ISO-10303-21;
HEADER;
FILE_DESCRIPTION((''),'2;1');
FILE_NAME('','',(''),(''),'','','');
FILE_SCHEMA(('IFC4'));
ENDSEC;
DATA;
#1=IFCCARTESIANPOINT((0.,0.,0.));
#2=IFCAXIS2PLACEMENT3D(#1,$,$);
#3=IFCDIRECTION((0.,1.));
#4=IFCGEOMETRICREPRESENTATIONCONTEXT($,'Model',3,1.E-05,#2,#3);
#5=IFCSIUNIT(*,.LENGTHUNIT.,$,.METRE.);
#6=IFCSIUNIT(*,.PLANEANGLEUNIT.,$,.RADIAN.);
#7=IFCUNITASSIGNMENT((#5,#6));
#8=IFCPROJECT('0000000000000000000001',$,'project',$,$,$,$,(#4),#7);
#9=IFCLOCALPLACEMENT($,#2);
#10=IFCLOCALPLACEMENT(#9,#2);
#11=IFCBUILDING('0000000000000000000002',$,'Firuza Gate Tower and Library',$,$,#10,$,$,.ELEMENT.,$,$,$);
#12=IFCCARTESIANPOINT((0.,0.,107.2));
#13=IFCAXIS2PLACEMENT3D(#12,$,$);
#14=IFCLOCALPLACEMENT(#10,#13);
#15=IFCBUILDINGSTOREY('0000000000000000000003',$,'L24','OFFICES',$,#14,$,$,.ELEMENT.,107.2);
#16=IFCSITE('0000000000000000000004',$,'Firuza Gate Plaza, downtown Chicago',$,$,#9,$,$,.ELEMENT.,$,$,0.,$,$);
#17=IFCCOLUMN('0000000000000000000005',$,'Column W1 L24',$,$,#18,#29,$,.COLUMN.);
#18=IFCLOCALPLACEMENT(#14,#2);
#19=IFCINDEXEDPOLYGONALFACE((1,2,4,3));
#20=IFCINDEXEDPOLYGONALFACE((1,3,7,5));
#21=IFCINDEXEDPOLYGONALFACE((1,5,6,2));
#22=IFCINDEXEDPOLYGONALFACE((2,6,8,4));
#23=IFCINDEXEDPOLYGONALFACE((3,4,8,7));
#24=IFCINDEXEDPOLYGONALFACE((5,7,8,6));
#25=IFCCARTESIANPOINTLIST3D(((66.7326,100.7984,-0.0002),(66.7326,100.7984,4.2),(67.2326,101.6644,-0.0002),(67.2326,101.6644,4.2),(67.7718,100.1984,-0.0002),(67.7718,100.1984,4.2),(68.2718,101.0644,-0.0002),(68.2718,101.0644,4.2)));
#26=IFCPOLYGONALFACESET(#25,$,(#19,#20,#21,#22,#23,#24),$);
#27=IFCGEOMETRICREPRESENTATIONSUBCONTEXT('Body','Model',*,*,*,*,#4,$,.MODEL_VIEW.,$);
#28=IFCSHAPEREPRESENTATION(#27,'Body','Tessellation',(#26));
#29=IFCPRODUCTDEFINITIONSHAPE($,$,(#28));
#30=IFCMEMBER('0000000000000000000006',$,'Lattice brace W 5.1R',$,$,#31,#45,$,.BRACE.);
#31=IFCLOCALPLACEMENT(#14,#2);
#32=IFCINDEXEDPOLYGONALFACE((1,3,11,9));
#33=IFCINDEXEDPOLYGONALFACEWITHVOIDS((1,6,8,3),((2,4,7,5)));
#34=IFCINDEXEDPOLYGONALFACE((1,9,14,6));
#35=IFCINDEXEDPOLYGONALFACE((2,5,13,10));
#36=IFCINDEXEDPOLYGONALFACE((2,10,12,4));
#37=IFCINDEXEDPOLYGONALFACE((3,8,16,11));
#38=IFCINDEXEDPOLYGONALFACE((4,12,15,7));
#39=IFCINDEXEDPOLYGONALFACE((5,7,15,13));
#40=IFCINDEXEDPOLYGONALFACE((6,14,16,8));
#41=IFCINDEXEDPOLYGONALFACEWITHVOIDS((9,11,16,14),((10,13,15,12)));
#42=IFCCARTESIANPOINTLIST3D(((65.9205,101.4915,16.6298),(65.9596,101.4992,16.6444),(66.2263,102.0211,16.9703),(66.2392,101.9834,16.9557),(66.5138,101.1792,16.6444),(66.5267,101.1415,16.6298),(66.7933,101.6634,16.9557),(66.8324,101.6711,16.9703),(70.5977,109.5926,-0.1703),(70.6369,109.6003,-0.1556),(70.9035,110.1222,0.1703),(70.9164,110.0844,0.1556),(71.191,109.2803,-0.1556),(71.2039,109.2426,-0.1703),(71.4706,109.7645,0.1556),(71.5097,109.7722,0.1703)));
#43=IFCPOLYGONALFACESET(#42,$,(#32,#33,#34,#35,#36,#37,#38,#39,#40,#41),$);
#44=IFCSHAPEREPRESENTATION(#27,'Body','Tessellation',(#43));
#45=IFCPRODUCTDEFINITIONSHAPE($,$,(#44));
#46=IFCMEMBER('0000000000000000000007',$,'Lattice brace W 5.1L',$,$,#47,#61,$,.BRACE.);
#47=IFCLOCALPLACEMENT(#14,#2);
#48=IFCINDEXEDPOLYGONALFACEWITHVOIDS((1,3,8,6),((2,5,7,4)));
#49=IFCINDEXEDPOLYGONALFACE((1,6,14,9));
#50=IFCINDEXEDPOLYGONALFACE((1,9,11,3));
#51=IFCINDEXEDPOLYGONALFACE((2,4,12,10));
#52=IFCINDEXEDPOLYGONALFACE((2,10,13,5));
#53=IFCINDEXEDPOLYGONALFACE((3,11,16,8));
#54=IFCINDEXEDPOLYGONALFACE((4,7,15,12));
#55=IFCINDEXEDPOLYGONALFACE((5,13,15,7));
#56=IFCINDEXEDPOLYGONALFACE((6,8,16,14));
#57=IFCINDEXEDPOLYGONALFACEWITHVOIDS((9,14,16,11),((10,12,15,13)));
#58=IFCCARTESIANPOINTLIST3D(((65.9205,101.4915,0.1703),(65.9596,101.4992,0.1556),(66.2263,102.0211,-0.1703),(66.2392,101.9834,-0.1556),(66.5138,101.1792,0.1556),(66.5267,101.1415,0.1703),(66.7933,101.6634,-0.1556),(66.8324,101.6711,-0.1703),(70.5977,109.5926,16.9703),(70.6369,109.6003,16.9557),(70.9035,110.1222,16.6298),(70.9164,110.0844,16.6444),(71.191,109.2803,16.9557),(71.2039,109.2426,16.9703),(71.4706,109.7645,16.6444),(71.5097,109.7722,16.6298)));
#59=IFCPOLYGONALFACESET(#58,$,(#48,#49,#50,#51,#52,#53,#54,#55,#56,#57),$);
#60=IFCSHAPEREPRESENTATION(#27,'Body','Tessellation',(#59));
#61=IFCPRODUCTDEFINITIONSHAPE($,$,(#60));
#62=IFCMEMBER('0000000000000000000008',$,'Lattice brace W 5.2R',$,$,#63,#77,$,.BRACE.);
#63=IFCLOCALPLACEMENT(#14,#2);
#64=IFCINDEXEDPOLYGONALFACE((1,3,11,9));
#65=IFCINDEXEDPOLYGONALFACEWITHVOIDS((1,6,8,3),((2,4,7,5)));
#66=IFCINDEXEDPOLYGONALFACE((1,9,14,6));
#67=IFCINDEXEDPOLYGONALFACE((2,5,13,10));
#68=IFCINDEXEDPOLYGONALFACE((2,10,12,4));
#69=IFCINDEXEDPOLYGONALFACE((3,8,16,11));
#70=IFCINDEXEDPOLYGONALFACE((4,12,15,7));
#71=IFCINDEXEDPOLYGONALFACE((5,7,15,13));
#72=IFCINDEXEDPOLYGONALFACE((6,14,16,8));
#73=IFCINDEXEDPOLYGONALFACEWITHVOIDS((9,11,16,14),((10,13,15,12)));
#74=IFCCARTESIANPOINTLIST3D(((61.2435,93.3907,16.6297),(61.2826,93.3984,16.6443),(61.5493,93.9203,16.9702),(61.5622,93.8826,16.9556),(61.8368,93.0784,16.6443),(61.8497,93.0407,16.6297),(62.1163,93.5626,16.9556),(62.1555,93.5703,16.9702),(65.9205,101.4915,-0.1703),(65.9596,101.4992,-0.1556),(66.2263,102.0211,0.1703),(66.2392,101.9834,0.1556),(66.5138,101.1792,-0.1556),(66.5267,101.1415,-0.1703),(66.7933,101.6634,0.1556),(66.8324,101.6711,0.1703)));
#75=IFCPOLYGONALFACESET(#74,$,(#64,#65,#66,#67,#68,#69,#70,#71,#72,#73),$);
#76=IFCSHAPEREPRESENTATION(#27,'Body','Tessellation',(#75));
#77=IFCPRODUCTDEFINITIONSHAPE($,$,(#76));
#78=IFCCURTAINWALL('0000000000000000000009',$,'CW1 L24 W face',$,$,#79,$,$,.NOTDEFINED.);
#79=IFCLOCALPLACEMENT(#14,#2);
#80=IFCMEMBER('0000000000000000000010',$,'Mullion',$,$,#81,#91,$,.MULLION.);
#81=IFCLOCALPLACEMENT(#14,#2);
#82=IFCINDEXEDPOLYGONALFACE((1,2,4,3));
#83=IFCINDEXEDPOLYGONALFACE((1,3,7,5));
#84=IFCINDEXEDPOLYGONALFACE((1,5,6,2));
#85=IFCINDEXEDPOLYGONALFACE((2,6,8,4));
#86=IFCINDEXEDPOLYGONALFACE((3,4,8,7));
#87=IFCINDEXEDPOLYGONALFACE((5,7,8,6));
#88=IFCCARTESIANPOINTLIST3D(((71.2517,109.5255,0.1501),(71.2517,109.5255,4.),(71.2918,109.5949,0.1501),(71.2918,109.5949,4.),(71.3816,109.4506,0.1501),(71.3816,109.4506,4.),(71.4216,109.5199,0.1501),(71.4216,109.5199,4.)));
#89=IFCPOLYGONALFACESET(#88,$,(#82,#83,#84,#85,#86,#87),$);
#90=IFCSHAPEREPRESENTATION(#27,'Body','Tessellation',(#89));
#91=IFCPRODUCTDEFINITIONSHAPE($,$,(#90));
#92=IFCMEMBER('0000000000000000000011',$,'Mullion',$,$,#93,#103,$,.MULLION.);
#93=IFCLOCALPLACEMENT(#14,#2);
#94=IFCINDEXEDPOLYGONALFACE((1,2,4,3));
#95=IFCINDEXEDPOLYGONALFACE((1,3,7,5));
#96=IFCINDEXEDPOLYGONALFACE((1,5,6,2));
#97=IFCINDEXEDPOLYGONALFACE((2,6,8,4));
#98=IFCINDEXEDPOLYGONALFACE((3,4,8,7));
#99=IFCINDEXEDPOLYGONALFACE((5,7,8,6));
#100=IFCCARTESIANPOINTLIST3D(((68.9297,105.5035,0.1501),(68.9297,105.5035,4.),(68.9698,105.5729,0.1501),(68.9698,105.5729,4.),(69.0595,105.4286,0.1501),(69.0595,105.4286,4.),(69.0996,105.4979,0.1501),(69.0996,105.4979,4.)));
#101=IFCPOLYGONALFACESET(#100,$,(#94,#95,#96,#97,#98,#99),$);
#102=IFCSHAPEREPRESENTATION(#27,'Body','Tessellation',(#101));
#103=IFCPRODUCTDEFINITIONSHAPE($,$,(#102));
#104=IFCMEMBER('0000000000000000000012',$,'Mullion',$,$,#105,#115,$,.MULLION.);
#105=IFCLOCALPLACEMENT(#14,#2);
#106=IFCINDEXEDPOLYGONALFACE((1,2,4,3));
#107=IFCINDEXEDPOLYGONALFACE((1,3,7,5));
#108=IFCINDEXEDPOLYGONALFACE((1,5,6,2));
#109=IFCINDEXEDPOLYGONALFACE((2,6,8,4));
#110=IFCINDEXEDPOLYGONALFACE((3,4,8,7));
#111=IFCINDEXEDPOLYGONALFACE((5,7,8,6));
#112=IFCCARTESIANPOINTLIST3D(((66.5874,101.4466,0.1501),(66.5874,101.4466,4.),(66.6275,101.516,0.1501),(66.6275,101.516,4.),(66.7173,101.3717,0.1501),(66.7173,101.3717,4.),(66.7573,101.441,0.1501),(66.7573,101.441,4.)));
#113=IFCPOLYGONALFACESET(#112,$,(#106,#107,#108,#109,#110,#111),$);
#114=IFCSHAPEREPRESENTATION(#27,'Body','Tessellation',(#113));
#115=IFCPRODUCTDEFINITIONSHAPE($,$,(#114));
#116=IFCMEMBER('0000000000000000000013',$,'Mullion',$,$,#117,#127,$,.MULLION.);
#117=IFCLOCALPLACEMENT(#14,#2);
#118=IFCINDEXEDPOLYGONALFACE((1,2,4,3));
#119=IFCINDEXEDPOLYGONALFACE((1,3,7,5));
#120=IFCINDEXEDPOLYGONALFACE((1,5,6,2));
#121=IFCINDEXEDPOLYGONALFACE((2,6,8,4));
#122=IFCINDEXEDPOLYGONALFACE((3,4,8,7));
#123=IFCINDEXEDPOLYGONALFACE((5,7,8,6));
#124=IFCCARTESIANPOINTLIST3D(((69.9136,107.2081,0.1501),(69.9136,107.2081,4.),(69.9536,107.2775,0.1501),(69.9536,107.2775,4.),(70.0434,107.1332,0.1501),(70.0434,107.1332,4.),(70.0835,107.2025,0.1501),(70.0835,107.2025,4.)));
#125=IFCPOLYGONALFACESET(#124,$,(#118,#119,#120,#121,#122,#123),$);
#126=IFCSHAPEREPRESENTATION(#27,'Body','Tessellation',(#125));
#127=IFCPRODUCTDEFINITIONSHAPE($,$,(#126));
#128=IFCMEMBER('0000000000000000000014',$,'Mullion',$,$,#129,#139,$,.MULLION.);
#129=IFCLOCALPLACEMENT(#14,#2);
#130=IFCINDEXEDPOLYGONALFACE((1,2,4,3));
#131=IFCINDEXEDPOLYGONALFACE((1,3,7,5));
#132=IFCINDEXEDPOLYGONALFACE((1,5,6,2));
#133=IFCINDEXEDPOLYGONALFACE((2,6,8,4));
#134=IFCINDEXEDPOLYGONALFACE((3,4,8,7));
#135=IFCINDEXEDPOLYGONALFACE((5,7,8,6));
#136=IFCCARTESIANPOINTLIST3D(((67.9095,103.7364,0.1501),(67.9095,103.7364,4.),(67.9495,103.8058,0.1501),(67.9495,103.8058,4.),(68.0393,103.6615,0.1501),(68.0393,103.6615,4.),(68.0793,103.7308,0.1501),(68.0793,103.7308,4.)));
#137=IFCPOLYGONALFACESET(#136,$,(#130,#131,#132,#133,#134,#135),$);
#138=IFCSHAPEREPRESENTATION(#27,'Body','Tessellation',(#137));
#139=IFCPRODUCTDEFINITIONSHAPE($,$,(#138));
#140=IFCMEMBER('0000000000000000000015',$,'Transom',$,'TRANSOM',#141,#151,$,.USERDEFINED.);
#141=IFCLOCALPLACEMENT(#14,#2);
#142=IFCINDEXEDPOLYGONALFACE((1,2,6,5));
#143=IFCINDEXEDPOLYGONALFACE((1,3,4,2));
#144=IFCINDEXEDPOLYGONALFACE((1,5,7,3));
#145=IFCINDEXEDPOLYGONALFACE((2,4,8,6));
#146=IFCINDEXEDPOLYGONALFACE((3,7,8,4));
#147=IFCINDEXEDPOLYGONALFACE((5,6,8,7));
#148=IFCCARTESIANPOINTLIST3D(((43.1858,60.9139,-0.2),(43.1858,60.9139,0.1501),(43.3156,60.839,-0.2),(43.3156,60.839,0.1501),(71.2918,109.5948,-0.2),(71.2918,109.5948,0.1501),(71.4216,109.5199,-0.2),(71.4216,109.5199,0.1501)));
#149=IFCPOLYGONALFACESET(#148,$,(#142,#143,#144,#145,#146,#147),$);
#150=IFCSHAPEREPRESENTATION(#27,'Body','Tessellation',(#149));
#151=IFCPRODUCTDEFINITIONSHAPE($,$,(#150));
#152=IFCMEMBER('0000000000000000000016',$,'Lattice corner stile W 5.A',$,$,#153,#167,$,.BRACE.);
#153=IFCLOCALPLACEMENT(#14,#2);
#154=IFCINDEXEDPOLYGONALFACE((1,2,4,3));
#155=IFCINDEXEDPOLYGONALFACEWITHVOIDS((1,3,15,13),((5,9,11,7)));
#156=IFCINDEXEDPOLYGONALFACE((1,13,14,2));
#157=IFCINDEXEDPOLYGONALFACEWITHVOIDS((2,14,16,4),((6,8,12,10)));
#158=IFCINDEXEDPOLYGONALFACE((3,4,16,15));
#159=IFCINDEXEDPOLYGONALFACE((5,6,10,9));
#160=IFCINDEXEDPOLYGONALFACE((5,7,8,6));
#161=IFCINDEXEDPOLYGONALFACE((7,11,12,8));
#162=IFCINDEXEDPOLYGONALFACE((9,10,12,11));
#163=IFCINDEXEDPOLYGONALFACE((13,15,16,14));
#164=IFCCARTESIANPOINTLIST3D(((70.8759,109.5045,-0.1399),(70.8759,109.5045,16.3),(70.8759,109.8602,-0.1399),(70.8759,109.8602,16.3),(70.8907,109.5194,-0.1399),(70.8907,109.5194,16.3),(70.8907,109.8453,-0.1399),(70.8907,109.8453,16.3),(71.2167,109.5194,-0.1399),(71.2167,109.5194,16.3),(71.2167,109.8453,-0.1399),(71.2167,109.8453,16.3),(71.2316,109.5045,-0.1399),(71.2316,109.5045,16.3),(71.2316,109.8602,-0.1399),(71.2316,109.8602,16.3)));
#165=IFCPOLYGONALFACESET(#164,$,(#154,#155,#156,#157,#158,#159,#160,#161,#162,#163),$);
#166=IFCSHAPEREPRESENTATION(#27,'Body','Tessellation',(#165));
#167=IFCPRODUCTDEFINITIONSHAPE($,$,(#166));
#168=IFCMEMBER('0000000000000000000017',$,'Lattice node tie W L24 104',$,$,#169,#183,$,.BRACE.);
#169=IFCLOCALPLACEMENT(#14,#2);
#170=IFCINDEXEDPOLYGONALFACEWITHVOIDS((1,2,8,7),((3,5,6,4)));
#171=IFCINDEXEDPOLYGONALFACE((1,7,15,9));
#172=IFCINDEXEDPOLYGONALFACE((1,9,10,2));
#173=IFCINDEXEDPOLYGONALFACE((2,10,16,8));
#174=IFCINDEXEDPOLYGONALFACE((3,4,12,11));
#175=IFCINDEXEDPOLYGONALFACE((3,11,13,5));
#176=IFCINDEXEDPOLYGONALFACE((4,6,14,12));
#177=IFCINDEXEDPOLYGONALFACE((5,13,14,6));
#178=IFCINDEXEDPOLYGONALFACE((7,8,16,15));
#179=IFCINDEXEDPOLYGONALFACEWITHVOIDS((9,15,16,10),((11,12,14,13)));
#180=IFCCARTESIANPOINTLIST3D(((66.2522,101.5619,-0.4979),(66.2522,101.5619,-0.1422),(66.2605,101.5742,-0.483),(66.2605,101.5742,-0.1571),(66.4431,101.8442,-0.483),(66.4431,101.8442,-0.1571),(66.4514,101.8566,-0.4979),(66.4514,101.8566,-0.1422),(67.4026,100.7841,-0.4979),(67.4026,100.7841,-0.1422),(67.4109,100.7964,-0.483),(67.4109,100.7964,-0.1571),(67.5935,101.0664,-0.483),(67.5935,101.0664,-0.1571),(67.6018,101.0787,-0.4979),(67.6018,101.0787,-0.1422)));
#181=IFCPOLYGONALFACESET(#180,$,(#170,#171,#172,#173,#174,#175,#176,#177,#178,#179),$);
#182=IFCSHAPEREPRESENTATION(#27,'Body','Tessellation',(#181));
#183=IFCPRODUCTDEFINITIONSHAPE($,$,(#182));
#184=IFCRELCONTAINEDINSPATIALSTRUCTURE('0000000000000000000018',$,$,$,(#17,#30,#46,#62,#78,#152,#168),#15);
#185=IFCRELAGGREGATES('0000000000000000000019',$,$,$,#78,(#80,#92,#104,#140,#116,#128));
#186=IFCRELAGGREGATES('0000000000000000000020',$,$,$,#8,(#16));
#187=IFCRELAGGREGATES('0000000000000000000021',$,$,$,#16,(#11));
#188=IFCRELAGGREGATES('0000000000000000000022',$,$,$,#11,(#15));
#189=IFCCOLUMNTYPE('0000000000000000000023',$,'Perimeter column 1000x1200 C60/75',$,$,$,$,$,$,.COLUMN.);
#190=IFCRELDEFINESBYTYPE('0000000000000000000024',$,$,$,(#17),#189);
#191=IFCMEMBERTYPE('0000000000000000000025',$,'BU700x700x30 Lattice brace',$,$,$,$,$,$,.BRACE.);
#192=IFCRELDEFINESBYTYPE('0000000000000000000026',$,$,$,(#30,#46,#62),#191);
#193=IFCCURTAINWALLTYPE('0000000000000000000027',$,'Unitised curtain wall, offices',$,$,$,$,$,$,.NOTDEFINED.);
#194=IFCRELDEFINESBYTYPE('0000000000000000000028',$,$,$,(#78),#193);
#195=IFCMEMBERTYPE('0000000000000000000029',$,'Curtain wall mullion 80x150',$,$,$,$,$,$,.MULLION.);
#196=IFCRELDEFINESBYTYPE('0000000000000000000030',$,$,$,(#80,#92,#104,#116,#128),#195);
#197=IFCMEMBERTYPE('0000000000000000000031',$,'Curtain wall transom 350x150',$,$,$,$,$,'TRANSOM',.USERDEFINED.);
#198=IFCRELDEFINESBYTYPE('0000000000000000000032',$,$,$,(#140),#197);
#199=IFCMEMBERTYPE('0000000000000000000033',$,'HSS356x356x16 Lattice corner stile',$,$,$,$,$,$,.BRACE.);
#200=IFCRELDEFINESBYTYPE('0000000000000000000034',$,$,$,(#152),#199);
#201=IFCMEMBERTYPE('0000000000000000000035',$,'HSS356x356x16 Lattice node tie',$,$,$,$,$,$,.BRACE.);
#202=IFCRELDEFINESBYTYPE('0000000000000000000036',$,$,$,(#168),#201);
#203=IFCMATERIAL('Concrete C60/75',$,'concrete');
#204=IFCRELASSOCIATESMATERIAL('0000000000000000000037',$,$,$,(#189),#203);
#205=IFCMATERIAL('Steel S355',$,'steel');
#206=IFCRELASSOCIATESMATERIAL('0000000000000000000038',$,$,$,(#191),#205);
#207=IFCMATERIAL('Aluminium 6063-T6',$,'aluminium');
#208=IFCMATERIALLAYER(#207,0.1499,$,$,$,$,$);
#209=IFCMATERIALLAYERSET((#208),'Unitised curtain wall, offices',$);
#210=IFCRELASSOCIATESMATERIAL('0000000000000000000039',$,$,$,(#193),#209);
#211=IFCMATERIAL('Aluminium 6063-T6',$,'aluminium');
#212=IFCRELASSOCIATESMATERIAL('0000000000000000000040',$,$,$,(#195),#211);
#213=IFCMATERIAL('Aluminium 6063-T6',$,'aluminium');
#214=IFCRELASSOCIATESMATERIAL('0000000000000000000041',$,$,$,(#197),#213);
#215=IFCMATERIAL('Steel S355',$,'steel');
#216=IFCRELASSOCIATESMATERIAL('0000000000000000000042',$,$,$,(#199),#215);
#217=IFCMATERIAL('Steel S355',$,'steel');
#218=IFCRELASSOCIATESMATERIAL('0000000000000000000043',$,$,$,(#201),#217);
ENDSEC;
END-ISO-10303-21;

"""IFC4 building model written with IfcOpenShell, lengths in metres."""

from ifc_helpers import new_model, si_unit, direction, frame, origin, origin_2d, place, context, subcontext, project, spatial, rectangle, hollow_rectangle, extrude, material, layer, layer_set, material_profile, profile_set, type_object, element, aggregate, save


model = new_model("IFC4")

# Units and contexts
model_context = context("Model", 3, precision=1e-05, world=origin(), true_north=direction((0.0, 1.0)))
body_context = subcontext(model_context, "Body", "Model", "MODEL_VIEW")
ifc_project = project(units=[si_unit("LENGTHUNIT", "METRE"), si_unit("PLANEANGLEUNIT", "RADIAN")], contexts=[model_context])

# Site, building, storey
site_placement = place(None, origin())
site = spatial("IfcSite", under=ifc_project, at=site_placement, Name="Firuza Gate Plaza, downtown Chicago", CompositionType="ELEMENT", RefElevation=0.0)
building_placement = place(site_placement, origin())
building = spatial("IfcBuilding", under=site, at=building_placement, Name="Firuza Gate Tower and Library", CompositionType="ELEMENT")
storey_placement = place(building_placement, frame((0.0, 0.0, 107.2)))
storey = spatial("IfcBuildingStorey", under=building, at=storey_placement, Name="L24", Description="OFFICES", CompositionType="ELEMENT", Elevation=107.2)

# Column
ifc_material_1 = material(Name="Concrete C60/75", Category="concrete")
ifc_material_profile_1 = material_profile(ifc_material_1, rectangle(XDim=1.0, YDim=1.2, at=origin_2d()))
ifc_profile_set_1 = profile_set([ifc_material_profile_1], Name="Concrete C60/75")
column_type = type_object("IfcColumnType", Name="Perimeter column 1000x1200 C60/75", PredefinedType="COLUMN", material=ifc_profile_set_1)
column_placement = place(storey_placement, frame((67.5022, 100.9314, -0.0002), z_axis=(0.0, 0.0, 1.0), x_axis=(-0.5, -0.866025, 0.0)))
element("IfcColumn", 1, at=column_placement, inside=storey, type_object=column_type, Name="Column W1 L24", PredefinedType="COLUMN", context=body_context, shape_type="SweptSolid", body=[
    extrude(rectangle(XDim=1.0, YDim=1.2, at=origin_2d()), origin(), (0.0, 0.0, 1.0), 4.2002),
])

# Members
ifc_material_2 = material(Name="Steel S355", Category="steel")
ifc_material_profile_2 = material_profile(ifc_material_2, hollow_rectangle(XDim=0.7, YDim=0.7, WallThickness=0.03, at=origin_2d()))
ifc_profile_set_2 = profile_set([ifc_material_profile_2], Name="Steel S355")
member_type_1 = type_object("IfcMemberType", Name="BU700x700x30 Lattice brace", PredefinedType="BRACE", material=ifc_profile_set_2)
for number, where, z_axis, x_axis, name in (
    (2, (71.0537, 109.6824, 0.0), (-0.243242, -0.4213, 0.873693), (0.866021, -0.500007, 0.0), "Lattice brace W 5.1R"),
    (3, (66.3765, 101.5813, 0.0), (0.243242, 0.4213, 0.873693), (-0.866021, 0.500007, 0.0), "Lattice brace W 5.1L"),
):
    element("IfcMember", number, at=place(storey_placement, frame(where, z_axis=z_axis, x_axis=x_axis)), inside=storey, type_object=member_type_1, Name=name, PredefinedType="BRACE", context=body_context, shape_type="SweptSolid", body=[
        extrude(hollow_rectangle(XDim=0.7, YDim=0.7, WallThickness=0.03, at=origin_2d()), origin(), (0.0, 0.0, 1.0), 19.2288),
    ])
member_1_placement = place(storey_placement, frame((66.3765, 101.5813, 0.0), z_axis=(-0.243231, -0.42129, 0.873701), x_axis=(0.866026, -0.499999, 0.0)))
element("IfcMember", 4, at=member_1_placement, inside=storey, type_object=member_type_1, Name="Lattice brace W 5.2R", PredefinedType="BRACE", context=body_context, shape_type="SweptSolid", body=[
    extrude(hollow_rectangle(XDim=0.7, YDim=0.7, WallThickness=0.03, at=origin_2d()), origin(), (0.0, 0.0, 1.0), 19.2285),
])

# Curtain wall, members
ifc_material_3 = material(Name="Aluminium 6063-T6", Category="aluminium")
ifc_layer_1 = layer(ifc_material_3, 0.1499)
ifc_layer_set_1 = layer_set([ifc_layer_1], Name="Unitised curtain wall, offices")
curtain_wall_type_1 = type_object("IfcCurtainWallType", Name="Unitised curtain wall, offices", PredefinedType="NOTDEFINED", material=ifc_layer_set_1)
placement = place(storey_placement, origin())
curtain_wall_1 = element("IfcCurtainWall", 5, at=placement, inside=storey, type_object=curtain_wall_type_1, Name="CW1 L24 W face", PredefinedType="NOTDEFINED")
ifc_material_4 = material(Name="Aluminium 6063-T6", Category="aluminium")
ifc_material_profile_3 = material_profile(ifc_material_4, rectangle(XDim=0.1499, YDim=0.0801, at=origin_2d()))
ifc_profile_set_3 = profile_set([ifc_material_profile_3], Name="Aluminium 6063-T6")
member_type_2 = type_object("IfcMemberType", Name="Curtain wall mullion 80x150", PredefinedType="MULLION", material=ifc_profile_set_3)
member_2_placement = place(storey_placement, frame((71.3367, 109.5227, 0.1501), z_axis=(0.0, 0.0, 1.0), x_axis=(0.866025, -0.5, 0.0)))
member_2 = element("IfcMember", 6, at=member_2_placement, type_object=member_type_2, Name="Mullion", PredefinedType="MULLION", context=body_context, shape_type="SweptSolid", body=[
    extrude(rectangle(XDim=0.1499, YDim=0.0801, at=origin_2d()), origin(), (0.0, 0.0, 1.0), 3.8499),
])
member_3_placement = place(storey_placement, frame((69.0146, 105.5007, 0.1501), z_axis=(0.0, 0.0, 1.0), x_axis=(0.866025, -0.5, 0.0)))
member_3 = element("IfcMember", 7, at=member_3_placement, type_object=member_type_2, Name="Mullion", PredefinedType="MULLION", context=body_context, shape_type="SweptSolid", body=[
    extrude(rectangle(XDim=0.1499, YDim=0.0801, at=origin_2d()), origin(), (0.0, 0.0, 1.0), 3.8499),
])
member_4_placement = place(storey_placement, frame((66.6724, 101.4438, 0.1501), z_axis=(0.0, 0.0, 1.0), x_axis=(0.866025, -0.5, 0.0)))
member_4 = element("IfcMember", 8, at=member_4_placement, type_object=member_type_2, Name="Mullion", PredefinedType="MULLION", context=body_context, shape_type="SweptSolid", body=[
    extrude(rectangle(XDim=0.1499, YDim=0.0801, at=origin_2d()), origin(), (0.0, 0.0, 1.0), 3.8499),
])
member_5_placement = place(storey_placement, frame((69.9985, 107.2053, 0.1501), z_axis=(0.0, 0.0, 1.0), x_axis=(0.866025, -0.5, 0.0)))
member_5 = element("IfcMember", 9, at=member_5_placement, type_object=member_type_2, Name="Mullion", PredefinedType="MULLION", context=body_context, shape_type="SweptSolid", body=[
    extrude(rectangle(XDim=0.1499, YDim=0.0801, at=origin_2d()), origin(), (0.0, 0.0, 1.0), 3.8499),
])
member_6_placement = place(storey_placement, frame((67.9944, 103.7336, 0.1501), z_axis=(0.0, 0.0, 1.0), x_axis=(0.866025, -0.5, 0.0)))
member_6 = element("IfcMember", 10, at=member_6_placement, type_object=member_type_2, Name="Mullion", PredefinedType="MULLION", context=body_context, shape_type="SweptSolid", body=[
    extrude(rectangle(XDim=0.1499, YDim=0.0801, at=origin_2d()), origin(), (0.0, 0.0, 1.0), 3.8499),
])
ifc_material_5 = material(Name="Aluminium 6063-T6", Category="aluminium")
ifc_material_profile_4 = material_profile(ifc_material_5, rectangle(XDim=0.1499, YDim=0.3501, at=origin_2d()))
ifc_profile_set_4 = profile_set([ifc_material_profile_4], Name="Aluminium 6063-T6")
member_type_3 = type_object("IfcMemberType", Name="Curtain wall transom 350x150", ElementType="TRANSOM", PredefinedType="USERDEFINED", material=ifc_profile_set_4)
member_7_placement = place(storey_placement, frame((71.3567, 109.5574, -0.0249), z_axis=(-0.5, -0.866025, 0.0), x_axis=(0.866025, -0.5, 0.0)))
member_7 = element("IfcMember", 11, at=member_7_placement, type_object=member_type_3, Name="Transom", ObjectType="TRANSOM", PredefinedType="USERDEFINED", context=body_context, shape_type="SweptSolid", body=[
    extrude(rectangle(XDim=0.1499, YDim=0.3501, at=origin_2d()), origin(), (0.0, 0.0, 1.0), 56.2119),
])

# Members
ifc_material_6 = material(Name="Steel S355", Category="steel")
ifc_material_profile_5 = material_profile(ifc_material_6, hollow_rectangle(XDim=0.3557, YDim=0.3557, WallThickness=0.0149, at=origin_2d()))
ifc_profile_set_5 = profile_set([ifc_material_profile_5], Name="Steel S355")
member_type_4 = type_object("IfcMemberType", Name="HSS356x356x16 Lattice corner stile", PredefinedType="BRACE", material=ifc_profile_set_5)
member_8_placement = place(storey_placement, frame((71.0537, 109.6824, -0.1399), z_axis=(0.0, 0.0, 1.0), x_axis=(1.0, 0.0, 0.0)))
element("IfcMember", 12, at=member_8_placement, inside=storey, type_object=member_type_4, Name="Lattice corner stile W 5.A", PredefinedType="BRACE", context=body_context, shape_type="SweptSolid", body=[
    extrude(hollow_rectangle(XDim=0.3557, YDim=0.3557, WallThickness=0.0149, at=origin_2d()), origin(), (0.0, 0.0, 1.0), 16.4399),
])
ifc_material_7 = material(Name="Steel S355", Category="steel")
ifc_material_profile_6 = material_profile(ifc_material_7, hollow_rectangle(XDim=0.3557, YDim=0.3557, WallThickness=0.0149, at=origin_2d()))
ifc_profile_set_6 = profile_set([ifc_material_profile_6], Name="Steel S355")
member_type_5 = type_object("IfcMemberType", Name="HSS356x356x16 Lattice node tie", PredefinedType="BRACE", material=ifc_profile_set_6)
member_9_placement = place(storey_placement, frame((67.5022, 100.9314, -0.3201), z_axis=(-0.828408, 0.560125, 0.0), x_axis=(-0.560125, -0.828408, 0.0)))
element("IfcMember", 13, at=member_9_placement, inside=storey, type_object=member_type_5, Name="Lattice node tie W L24 104", PredefinedType="BRACE", context=body_context, shape_type="SweptSolid", body=[
    extrude(hollow_rectangle(XDim=0.3557, YDim=0.3557, WallThickness=0.0149, at=origin_2d()), origin(), (0.0, 0.0, 1.0), 1.3887),
])

aggregate(curtain_wall_1, [member_2, member_3, member_4, member_7, member_5, member_6])

save(model, "model.ifc")
